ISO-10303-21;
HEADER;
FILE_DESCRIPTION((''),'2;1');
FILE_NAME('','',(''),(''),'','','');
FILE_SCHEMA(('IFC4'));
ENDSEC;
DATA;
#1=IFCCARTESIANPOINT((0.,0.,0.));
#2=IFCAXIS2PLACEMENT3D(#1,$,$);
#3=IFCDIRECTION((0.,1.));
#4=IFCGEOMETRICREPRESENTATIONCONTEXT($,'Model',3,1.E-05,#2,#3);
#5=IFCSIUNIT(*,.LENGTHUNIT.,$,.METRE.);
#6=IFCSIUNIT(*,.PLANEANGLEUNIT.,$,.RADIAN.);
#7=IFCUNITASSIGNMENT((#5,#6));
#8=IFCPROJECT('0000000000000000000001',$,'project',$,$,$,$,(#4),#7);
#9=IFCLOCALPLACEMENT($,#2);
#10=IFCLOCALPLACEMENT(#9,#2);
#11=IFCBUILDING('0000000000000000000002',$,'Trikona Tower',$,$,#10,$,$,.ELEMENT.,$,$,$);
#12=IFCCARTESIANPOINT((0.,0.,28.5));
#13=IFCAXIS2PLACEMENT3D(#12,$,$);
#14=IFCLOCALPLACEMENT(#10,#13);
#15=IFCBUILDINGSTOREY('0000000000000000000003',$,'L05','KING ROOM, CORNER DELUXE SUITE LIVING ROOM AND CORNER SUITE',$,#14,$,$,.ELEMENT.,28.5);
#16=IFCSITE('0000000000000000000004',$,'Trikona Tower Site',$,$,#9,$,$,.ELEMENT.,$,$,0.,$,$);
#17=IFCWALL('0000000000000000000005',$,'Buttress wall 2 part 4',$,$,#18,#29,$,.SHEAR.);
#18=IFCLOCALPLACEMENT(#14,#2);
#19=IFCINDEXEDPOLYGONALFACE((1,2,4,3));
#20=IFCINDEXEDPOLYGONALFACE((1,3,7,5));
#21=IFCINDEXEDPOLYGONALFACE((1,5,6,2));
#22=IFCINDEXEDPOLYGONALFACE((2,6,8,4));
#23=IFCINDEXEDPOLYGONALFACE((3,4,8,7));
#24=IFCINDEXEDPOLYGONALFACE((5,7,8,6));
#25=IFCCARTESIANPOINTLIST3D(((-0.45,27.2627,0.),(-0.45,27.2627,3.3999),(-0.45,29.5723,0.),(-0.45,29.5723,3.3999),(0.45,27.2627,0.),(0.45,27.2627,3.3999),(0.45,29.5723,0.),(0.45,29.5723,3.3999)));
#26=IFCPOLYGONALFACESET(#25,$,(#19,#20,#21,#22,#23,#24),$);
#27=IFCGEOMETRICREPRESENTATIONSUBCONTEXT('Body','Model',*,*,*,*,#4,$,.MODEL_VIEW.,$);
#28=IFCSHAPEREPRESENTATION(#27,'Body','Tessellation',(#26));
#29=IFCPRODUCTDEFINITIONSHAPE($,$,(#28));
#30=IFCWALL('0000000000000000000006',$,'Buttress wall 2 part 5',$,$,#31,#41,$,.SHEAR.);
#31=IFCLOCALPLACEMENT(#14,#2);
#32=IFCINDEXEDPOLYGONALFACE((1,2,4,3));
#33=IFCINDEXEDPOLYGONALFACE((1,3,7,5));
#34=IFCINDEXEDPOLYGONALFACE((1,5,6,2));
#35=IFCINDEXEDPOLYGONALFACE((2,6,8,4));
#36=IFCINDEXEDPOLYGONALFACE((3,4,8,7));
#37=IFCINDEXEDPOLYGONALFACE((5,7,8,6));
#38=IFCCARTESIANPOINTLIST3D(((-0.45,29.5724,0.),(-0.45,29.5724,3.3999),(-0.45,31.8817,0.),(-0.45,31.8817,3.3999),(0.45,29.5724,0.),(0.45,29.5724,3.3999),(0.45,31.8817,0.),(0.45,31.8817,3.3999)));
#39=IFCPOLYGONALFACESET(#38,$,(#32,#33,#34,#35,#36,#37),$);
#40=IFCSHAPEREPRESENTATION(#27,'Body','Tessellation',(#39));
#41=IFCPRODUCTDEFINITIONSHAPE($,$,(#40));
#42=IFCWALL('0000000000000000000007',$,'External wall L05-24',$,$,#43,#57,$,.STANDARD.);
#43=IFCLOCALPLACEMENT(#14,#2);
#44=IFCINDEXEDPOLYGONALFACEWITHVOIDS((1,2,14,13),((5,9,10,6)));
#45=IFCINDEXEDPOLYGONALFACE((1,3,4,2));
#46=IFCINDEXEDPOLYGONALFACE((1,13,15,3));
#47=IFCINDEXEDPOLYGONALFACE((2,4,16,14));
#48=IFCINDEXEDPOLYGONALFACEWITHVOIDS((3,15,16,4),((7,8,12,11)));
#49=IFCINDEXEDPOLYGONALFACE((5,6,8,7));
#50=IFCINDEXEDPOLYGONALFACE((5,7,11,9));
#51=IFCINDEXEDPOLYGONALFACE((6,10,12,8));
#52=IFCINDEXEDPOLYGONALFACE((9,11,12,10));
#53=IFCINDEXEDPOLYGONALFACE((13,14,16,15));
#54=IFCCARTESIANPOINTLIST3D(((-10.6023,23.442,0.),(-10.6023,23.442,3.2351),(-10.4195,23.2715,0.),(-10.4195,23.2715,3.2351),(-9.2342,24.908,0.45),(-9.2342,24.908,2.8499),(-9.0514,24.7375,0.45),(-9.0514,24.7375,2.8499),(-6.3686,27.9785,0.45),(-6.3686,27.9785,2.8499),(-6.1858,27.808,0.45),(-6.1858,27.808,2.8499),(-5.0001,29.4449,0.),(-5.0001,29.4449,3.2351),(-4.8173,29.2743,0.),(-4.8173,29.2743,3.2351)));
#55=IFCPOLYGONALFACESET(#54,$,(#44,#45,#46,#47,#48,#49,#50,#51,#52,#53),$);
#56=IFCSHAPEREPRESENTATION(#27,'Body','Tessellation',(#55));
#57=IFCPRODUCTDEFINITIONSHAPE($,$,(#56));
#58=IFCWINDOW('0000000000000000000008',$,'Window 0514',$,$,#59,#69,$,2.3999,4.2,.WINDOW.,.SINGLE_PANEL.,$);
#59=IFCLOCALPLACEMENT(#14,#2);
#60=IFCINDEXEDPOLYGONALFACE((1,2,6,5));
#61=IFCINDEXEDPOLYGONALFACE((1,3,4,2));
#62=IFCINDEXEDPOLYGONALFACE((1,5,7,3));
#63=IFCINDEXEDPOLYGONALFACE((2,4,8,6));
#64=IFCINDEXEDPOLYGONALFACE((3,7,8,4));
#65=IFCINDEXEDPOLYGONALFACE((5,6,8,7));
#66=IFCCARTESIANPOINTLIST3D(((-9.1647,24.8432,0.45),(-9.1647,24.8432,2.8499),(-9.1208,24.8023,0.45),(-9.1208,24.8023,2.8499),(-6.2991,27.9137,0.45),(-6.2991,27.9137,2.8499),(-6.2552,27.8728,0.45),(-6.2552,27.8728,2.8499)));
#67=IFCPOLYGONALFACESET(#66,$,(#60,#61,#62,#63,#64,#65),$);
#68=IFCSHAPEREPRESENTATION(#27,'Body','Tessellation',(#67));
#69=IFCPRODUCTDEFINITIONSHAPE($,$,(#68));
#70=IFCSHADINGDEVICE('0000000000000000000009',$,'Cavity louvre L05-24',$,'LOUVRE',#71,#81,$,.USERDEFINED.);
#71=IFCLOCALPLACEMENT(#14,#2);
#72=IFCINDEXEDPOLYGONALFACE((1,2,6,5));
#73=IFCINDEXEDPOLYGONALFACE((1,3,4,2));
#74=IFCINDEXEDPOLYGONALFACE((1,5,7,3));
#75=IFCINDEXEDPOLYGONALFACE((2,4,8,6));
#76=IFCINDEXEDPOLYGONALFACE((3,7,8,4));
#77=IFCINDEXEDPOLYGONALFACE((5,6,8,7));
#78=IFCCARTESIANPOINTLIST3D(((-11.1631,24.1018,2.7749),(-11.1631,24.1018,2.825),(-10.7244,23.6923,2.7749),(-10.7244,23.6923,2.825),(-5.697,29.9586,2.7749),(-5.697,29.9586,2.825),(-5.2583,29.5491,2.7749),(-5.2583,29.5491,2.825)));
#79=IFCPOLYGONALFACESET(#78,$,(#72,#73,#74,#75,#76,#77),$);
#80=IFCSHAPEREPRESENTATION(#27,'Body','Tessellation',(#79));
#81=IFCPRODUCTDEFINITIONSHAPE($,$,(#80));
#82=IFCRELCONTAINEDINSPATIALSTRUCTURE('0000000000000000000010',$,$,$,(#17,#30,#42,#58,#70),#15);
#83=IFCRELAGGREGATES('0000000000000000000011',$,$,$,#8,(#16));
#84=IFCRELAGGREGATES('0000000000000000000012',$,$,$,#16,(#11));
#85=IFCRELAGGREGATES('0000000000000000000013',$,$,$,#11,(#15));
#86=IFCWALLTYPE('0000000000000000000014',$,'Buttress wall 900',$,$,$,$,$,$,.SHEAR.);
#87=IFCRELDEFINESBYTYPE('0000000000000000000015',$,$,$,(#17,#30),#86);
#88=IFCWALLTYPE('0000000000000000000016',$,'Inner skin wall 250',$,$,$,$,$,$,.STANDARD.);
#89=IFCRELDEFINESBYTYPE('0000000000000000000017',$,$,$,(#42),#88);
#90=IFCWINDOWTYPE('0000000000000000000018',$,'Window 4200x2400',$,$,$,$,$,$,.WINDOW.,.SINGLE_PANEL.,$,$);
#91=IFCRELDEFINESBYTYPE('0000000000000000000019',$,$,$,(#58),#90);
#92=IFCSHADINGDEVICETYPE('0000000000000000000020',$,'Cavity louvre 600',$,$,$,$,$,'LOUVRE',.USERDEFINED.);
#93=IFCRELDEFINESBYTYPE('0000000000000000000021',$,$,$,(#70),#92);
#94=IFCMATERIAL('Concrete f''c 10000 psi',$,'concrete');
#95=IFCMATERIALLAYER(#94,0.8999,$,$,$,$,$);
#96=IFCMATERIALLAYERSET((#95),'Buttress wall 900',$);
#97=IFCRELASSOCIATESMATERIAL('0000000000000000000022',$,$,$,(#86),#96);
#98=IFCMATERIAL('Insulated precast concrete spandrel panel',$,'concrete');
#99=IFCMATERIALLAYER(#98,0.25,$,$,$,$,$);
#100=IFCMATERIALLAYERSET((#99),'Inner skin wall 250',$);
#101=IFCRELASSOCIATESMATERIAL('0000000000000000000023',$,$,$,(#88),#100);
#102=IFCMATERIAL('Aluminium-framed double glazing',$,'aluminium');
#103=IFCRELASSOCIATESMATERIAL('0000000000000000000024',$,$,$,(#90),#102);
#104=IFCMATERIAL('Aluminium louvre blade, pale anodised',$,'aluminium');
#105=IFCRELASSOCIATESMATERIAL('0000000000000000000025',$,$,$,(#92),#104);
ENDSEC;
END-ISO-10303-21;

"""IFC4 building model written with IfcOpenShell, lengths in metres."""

from ifc_helpers import new_model, si_unit, direction, frame, frame_2d, origin, origin_2d, place, context, subcontext, project, spatial, rectangle, extrude, material, layer, layer_set, type_object, element, fill, save


model = new_model("IFC4")

# Units and contexts
model_context = context("Model", 3, precision=1e-05, world=origin(), true_north=direction((0.0, 1.0)))
body_context = subcontext(model_context, "Body", "Model", "MODEL_VIEW")
ifc_project = project(units=[si_unit("LENGTHUNIT", "METRE"), si_unit("PLANEANGLEUNIT", "RADIAN")], contexts=[model_context])

# Site, building, storey
site_placement = place(None, origin())
site = spatial("IfcSite", under=ifc_project, at=site_placement, Name="Trikona Tower Site", CompositionType="ELEMENT", RefElevation=0.0)
building_placement = place(site_placement, origin())
building = spatial("IfcBuilding", under=site, at=building_placement, Name="Trikona Tower", CompositionType="ELEMENT")
storey_placement = place(building_placement, frame((0.0, 0.0, 28.5)))
storey = spatial("IfcBuildingStorey", under=building, at=storey_placement, Name="L05", Description="KING ROOM, CORNER DELUXE SUITE LIVING ROOM AND CORNER SUITE", CompositionType="ELEMENT", Elevation=28.5)

# Walls
ifc_material_1 = material(Name="Concrete f'c 10000 psi", Category="concrete")
ifc_layer_1 = layer(ifc_material_1, 0.8999)
ifc_layer_set_1 = layer_set([ifc_layer_1], Name="Buttress wall 900")
wall_type_1 = type_object("IfcWallType", Name="Buttress wall 900", PredefinedType="SHEAR", material=ifc_layer_set_1)
wall_1_placement = place(storey_placement, frame((0.0, 27.2627, 0.0), z_axis=(0.0, 0.0, 1.0), x_axis=(0.0, 1.0, 0.0)))
element("IfcWall", 1, at=wall_1_placement, inside=storey, type_object=wall_type_1, Name="Buttress wall 2 part 4", PredefinedType="SHEAR", context=body_context, shape_type="SweptSolid", body=[
    extrude(rectangle(XDim=2.3096, YDim=0.8999, at=frame_2d((1.1548, 0.0))), origin(), (0.0, 0.0, 1.0), 3.3999),
])
wall_2_placement = place(storey_placement, frame((0.0, 29.5723, 0.0), z_axis=(0.0, 0.0, 1.0), x_axis=(0.0, 1.0, 0.0)))
element("IfcWall", 2, at=wall_2_placement, inside=storey, type_object=wall_type_1, Name="Buttress wall 2 part 5", PredefinedType="SHEAR", context=body_context, shape_type="SweptSolid", body=[
    extrude(rectangle(XDim=2.3093, YDim=0.8999, at=frame_2d((1.1548, 0.0))), origin(), (0.0, 0.0, 1.0), 3.3999),
])

# Wall, opening, window
ifc_material_2 = material(Name="Insulated precast concrete spandrel panel", Category="concrete")
ifc_layer_2 = layer(ifc_material_2, 0.25)
ifc_layer_set_2 = layer_set([ifc_layer_2], Name="Inner skin wall 250")
wall_type_2 = type_object("IfcWallType", Name="Inner skin wall 250", PredefinedType="STANDARD", material=ifc_layer_set_2)
wall_3_placement = place(storey_placement, frame((-4.9087, 29.3596, 0.0), z_axis=(0.0, 0.0, 1.0), x_axis=(-0.68229, -0.731082, 0.0)))
wall_3 = element("IfcWall", 3, at=wall_3_placement, inside=storey, type_object=wall_type_2, Name="External wall L05-24", PredefinedType="STANDARD", context=body_context, shape_type="SweptSolid", body=[
    extrude(rectangle(XDim=8.2109, YDim=0.25, at=frame_2d((4.1055, 0.0))), origin(), (0.0, 0.0, 1.0), 3.2351),
])
opening_1_placement = place(wall_3_placement, frame((2.0056, 0.0, 0.45)))
opening_1 = element("IfcOpeningElement", 4, at=opening_1_placement, cuts=wall_3, PredefinedType="OPENING", context=body_context, shape_type="SweptSolid", body=[
    extrude(rectangle(XDim=4.2, YDim=2.3999, at=frame_2d((2.1001, 1.2))), frame((0.0, 0.135, 0.0), z_axis=(0.0, -1.0, 0.0), x_axis=(1.0, 0.0, 0.0)), (0.0, 0.0, 1.0), 0.27),
])
ifc_material_3 = material(Name="Aluminium-framed double glazing", Category="aluminium")
window_type_1 = type_object("IfcWindowType", Name="Window 4200x2400", PartitioningType="SINGLE_PANEL", PredefinedType="WINDOW", material=ifc_material_3)
window_1_placement = place(opening_1_placement, origin())
window_1 = element("IfcWindow", 5, at=window_1_placement, inside=storey, type_object=window_type_1, Name="Window 0514", OverallHeight=2.3999, OverallWidth=4.2, PartitioningType="SINGLE_PANEL", PredefinedType="WINDOW", context=body_context, shape_type="SweptSolid", body=[
    extrude(rectangle(XDim=4.2, YDim=2.3999, at=frame_2d((2.1001, 1.2))), frame((0.0, 0.03, 0.0), z_axis=(0.0, -1.0, 0.0), x_axis=(1.0, 0.0, 0.0)), (0.0, 0.0, 1.0), 0.0601),
])
fill(opening_1, window_1)

# Shading device
ifc_material_4 = material(Name="Aluminium louvre blade, pale anodised", Category="aluminium")
shading_device_type = type_object("IfcShadingDeviceType", Name="Cavity louvre 600", ElementType="LOUVRE", PredefinedType="USERDEFINED", material=ifc_material_4)
shading_device_placement = place(storey_placement, frame((-8.2107, 26.8254, 2.7749), z_axis=(0.0, 0.0, 1.0), x_axis=(-0.682298, -0.731074, 0.0)))
element("IfcShadingDevice", 6, at=shading_device_placement, inside=storey, type_object=shading_device_type, Name="Cavity louvre L05-24", ObjectType="LOUVRE", PredefinedType="USERDEFINED", context=body_context, shape_type="SweptSolid", body=[
    extrude(rectangle(XDim=8.0112, YDim=0.6001, at=origin_2d()), origin(), (0.0, 0.0, 1.0), 0.05),
])

save(model, "model.ifc")
